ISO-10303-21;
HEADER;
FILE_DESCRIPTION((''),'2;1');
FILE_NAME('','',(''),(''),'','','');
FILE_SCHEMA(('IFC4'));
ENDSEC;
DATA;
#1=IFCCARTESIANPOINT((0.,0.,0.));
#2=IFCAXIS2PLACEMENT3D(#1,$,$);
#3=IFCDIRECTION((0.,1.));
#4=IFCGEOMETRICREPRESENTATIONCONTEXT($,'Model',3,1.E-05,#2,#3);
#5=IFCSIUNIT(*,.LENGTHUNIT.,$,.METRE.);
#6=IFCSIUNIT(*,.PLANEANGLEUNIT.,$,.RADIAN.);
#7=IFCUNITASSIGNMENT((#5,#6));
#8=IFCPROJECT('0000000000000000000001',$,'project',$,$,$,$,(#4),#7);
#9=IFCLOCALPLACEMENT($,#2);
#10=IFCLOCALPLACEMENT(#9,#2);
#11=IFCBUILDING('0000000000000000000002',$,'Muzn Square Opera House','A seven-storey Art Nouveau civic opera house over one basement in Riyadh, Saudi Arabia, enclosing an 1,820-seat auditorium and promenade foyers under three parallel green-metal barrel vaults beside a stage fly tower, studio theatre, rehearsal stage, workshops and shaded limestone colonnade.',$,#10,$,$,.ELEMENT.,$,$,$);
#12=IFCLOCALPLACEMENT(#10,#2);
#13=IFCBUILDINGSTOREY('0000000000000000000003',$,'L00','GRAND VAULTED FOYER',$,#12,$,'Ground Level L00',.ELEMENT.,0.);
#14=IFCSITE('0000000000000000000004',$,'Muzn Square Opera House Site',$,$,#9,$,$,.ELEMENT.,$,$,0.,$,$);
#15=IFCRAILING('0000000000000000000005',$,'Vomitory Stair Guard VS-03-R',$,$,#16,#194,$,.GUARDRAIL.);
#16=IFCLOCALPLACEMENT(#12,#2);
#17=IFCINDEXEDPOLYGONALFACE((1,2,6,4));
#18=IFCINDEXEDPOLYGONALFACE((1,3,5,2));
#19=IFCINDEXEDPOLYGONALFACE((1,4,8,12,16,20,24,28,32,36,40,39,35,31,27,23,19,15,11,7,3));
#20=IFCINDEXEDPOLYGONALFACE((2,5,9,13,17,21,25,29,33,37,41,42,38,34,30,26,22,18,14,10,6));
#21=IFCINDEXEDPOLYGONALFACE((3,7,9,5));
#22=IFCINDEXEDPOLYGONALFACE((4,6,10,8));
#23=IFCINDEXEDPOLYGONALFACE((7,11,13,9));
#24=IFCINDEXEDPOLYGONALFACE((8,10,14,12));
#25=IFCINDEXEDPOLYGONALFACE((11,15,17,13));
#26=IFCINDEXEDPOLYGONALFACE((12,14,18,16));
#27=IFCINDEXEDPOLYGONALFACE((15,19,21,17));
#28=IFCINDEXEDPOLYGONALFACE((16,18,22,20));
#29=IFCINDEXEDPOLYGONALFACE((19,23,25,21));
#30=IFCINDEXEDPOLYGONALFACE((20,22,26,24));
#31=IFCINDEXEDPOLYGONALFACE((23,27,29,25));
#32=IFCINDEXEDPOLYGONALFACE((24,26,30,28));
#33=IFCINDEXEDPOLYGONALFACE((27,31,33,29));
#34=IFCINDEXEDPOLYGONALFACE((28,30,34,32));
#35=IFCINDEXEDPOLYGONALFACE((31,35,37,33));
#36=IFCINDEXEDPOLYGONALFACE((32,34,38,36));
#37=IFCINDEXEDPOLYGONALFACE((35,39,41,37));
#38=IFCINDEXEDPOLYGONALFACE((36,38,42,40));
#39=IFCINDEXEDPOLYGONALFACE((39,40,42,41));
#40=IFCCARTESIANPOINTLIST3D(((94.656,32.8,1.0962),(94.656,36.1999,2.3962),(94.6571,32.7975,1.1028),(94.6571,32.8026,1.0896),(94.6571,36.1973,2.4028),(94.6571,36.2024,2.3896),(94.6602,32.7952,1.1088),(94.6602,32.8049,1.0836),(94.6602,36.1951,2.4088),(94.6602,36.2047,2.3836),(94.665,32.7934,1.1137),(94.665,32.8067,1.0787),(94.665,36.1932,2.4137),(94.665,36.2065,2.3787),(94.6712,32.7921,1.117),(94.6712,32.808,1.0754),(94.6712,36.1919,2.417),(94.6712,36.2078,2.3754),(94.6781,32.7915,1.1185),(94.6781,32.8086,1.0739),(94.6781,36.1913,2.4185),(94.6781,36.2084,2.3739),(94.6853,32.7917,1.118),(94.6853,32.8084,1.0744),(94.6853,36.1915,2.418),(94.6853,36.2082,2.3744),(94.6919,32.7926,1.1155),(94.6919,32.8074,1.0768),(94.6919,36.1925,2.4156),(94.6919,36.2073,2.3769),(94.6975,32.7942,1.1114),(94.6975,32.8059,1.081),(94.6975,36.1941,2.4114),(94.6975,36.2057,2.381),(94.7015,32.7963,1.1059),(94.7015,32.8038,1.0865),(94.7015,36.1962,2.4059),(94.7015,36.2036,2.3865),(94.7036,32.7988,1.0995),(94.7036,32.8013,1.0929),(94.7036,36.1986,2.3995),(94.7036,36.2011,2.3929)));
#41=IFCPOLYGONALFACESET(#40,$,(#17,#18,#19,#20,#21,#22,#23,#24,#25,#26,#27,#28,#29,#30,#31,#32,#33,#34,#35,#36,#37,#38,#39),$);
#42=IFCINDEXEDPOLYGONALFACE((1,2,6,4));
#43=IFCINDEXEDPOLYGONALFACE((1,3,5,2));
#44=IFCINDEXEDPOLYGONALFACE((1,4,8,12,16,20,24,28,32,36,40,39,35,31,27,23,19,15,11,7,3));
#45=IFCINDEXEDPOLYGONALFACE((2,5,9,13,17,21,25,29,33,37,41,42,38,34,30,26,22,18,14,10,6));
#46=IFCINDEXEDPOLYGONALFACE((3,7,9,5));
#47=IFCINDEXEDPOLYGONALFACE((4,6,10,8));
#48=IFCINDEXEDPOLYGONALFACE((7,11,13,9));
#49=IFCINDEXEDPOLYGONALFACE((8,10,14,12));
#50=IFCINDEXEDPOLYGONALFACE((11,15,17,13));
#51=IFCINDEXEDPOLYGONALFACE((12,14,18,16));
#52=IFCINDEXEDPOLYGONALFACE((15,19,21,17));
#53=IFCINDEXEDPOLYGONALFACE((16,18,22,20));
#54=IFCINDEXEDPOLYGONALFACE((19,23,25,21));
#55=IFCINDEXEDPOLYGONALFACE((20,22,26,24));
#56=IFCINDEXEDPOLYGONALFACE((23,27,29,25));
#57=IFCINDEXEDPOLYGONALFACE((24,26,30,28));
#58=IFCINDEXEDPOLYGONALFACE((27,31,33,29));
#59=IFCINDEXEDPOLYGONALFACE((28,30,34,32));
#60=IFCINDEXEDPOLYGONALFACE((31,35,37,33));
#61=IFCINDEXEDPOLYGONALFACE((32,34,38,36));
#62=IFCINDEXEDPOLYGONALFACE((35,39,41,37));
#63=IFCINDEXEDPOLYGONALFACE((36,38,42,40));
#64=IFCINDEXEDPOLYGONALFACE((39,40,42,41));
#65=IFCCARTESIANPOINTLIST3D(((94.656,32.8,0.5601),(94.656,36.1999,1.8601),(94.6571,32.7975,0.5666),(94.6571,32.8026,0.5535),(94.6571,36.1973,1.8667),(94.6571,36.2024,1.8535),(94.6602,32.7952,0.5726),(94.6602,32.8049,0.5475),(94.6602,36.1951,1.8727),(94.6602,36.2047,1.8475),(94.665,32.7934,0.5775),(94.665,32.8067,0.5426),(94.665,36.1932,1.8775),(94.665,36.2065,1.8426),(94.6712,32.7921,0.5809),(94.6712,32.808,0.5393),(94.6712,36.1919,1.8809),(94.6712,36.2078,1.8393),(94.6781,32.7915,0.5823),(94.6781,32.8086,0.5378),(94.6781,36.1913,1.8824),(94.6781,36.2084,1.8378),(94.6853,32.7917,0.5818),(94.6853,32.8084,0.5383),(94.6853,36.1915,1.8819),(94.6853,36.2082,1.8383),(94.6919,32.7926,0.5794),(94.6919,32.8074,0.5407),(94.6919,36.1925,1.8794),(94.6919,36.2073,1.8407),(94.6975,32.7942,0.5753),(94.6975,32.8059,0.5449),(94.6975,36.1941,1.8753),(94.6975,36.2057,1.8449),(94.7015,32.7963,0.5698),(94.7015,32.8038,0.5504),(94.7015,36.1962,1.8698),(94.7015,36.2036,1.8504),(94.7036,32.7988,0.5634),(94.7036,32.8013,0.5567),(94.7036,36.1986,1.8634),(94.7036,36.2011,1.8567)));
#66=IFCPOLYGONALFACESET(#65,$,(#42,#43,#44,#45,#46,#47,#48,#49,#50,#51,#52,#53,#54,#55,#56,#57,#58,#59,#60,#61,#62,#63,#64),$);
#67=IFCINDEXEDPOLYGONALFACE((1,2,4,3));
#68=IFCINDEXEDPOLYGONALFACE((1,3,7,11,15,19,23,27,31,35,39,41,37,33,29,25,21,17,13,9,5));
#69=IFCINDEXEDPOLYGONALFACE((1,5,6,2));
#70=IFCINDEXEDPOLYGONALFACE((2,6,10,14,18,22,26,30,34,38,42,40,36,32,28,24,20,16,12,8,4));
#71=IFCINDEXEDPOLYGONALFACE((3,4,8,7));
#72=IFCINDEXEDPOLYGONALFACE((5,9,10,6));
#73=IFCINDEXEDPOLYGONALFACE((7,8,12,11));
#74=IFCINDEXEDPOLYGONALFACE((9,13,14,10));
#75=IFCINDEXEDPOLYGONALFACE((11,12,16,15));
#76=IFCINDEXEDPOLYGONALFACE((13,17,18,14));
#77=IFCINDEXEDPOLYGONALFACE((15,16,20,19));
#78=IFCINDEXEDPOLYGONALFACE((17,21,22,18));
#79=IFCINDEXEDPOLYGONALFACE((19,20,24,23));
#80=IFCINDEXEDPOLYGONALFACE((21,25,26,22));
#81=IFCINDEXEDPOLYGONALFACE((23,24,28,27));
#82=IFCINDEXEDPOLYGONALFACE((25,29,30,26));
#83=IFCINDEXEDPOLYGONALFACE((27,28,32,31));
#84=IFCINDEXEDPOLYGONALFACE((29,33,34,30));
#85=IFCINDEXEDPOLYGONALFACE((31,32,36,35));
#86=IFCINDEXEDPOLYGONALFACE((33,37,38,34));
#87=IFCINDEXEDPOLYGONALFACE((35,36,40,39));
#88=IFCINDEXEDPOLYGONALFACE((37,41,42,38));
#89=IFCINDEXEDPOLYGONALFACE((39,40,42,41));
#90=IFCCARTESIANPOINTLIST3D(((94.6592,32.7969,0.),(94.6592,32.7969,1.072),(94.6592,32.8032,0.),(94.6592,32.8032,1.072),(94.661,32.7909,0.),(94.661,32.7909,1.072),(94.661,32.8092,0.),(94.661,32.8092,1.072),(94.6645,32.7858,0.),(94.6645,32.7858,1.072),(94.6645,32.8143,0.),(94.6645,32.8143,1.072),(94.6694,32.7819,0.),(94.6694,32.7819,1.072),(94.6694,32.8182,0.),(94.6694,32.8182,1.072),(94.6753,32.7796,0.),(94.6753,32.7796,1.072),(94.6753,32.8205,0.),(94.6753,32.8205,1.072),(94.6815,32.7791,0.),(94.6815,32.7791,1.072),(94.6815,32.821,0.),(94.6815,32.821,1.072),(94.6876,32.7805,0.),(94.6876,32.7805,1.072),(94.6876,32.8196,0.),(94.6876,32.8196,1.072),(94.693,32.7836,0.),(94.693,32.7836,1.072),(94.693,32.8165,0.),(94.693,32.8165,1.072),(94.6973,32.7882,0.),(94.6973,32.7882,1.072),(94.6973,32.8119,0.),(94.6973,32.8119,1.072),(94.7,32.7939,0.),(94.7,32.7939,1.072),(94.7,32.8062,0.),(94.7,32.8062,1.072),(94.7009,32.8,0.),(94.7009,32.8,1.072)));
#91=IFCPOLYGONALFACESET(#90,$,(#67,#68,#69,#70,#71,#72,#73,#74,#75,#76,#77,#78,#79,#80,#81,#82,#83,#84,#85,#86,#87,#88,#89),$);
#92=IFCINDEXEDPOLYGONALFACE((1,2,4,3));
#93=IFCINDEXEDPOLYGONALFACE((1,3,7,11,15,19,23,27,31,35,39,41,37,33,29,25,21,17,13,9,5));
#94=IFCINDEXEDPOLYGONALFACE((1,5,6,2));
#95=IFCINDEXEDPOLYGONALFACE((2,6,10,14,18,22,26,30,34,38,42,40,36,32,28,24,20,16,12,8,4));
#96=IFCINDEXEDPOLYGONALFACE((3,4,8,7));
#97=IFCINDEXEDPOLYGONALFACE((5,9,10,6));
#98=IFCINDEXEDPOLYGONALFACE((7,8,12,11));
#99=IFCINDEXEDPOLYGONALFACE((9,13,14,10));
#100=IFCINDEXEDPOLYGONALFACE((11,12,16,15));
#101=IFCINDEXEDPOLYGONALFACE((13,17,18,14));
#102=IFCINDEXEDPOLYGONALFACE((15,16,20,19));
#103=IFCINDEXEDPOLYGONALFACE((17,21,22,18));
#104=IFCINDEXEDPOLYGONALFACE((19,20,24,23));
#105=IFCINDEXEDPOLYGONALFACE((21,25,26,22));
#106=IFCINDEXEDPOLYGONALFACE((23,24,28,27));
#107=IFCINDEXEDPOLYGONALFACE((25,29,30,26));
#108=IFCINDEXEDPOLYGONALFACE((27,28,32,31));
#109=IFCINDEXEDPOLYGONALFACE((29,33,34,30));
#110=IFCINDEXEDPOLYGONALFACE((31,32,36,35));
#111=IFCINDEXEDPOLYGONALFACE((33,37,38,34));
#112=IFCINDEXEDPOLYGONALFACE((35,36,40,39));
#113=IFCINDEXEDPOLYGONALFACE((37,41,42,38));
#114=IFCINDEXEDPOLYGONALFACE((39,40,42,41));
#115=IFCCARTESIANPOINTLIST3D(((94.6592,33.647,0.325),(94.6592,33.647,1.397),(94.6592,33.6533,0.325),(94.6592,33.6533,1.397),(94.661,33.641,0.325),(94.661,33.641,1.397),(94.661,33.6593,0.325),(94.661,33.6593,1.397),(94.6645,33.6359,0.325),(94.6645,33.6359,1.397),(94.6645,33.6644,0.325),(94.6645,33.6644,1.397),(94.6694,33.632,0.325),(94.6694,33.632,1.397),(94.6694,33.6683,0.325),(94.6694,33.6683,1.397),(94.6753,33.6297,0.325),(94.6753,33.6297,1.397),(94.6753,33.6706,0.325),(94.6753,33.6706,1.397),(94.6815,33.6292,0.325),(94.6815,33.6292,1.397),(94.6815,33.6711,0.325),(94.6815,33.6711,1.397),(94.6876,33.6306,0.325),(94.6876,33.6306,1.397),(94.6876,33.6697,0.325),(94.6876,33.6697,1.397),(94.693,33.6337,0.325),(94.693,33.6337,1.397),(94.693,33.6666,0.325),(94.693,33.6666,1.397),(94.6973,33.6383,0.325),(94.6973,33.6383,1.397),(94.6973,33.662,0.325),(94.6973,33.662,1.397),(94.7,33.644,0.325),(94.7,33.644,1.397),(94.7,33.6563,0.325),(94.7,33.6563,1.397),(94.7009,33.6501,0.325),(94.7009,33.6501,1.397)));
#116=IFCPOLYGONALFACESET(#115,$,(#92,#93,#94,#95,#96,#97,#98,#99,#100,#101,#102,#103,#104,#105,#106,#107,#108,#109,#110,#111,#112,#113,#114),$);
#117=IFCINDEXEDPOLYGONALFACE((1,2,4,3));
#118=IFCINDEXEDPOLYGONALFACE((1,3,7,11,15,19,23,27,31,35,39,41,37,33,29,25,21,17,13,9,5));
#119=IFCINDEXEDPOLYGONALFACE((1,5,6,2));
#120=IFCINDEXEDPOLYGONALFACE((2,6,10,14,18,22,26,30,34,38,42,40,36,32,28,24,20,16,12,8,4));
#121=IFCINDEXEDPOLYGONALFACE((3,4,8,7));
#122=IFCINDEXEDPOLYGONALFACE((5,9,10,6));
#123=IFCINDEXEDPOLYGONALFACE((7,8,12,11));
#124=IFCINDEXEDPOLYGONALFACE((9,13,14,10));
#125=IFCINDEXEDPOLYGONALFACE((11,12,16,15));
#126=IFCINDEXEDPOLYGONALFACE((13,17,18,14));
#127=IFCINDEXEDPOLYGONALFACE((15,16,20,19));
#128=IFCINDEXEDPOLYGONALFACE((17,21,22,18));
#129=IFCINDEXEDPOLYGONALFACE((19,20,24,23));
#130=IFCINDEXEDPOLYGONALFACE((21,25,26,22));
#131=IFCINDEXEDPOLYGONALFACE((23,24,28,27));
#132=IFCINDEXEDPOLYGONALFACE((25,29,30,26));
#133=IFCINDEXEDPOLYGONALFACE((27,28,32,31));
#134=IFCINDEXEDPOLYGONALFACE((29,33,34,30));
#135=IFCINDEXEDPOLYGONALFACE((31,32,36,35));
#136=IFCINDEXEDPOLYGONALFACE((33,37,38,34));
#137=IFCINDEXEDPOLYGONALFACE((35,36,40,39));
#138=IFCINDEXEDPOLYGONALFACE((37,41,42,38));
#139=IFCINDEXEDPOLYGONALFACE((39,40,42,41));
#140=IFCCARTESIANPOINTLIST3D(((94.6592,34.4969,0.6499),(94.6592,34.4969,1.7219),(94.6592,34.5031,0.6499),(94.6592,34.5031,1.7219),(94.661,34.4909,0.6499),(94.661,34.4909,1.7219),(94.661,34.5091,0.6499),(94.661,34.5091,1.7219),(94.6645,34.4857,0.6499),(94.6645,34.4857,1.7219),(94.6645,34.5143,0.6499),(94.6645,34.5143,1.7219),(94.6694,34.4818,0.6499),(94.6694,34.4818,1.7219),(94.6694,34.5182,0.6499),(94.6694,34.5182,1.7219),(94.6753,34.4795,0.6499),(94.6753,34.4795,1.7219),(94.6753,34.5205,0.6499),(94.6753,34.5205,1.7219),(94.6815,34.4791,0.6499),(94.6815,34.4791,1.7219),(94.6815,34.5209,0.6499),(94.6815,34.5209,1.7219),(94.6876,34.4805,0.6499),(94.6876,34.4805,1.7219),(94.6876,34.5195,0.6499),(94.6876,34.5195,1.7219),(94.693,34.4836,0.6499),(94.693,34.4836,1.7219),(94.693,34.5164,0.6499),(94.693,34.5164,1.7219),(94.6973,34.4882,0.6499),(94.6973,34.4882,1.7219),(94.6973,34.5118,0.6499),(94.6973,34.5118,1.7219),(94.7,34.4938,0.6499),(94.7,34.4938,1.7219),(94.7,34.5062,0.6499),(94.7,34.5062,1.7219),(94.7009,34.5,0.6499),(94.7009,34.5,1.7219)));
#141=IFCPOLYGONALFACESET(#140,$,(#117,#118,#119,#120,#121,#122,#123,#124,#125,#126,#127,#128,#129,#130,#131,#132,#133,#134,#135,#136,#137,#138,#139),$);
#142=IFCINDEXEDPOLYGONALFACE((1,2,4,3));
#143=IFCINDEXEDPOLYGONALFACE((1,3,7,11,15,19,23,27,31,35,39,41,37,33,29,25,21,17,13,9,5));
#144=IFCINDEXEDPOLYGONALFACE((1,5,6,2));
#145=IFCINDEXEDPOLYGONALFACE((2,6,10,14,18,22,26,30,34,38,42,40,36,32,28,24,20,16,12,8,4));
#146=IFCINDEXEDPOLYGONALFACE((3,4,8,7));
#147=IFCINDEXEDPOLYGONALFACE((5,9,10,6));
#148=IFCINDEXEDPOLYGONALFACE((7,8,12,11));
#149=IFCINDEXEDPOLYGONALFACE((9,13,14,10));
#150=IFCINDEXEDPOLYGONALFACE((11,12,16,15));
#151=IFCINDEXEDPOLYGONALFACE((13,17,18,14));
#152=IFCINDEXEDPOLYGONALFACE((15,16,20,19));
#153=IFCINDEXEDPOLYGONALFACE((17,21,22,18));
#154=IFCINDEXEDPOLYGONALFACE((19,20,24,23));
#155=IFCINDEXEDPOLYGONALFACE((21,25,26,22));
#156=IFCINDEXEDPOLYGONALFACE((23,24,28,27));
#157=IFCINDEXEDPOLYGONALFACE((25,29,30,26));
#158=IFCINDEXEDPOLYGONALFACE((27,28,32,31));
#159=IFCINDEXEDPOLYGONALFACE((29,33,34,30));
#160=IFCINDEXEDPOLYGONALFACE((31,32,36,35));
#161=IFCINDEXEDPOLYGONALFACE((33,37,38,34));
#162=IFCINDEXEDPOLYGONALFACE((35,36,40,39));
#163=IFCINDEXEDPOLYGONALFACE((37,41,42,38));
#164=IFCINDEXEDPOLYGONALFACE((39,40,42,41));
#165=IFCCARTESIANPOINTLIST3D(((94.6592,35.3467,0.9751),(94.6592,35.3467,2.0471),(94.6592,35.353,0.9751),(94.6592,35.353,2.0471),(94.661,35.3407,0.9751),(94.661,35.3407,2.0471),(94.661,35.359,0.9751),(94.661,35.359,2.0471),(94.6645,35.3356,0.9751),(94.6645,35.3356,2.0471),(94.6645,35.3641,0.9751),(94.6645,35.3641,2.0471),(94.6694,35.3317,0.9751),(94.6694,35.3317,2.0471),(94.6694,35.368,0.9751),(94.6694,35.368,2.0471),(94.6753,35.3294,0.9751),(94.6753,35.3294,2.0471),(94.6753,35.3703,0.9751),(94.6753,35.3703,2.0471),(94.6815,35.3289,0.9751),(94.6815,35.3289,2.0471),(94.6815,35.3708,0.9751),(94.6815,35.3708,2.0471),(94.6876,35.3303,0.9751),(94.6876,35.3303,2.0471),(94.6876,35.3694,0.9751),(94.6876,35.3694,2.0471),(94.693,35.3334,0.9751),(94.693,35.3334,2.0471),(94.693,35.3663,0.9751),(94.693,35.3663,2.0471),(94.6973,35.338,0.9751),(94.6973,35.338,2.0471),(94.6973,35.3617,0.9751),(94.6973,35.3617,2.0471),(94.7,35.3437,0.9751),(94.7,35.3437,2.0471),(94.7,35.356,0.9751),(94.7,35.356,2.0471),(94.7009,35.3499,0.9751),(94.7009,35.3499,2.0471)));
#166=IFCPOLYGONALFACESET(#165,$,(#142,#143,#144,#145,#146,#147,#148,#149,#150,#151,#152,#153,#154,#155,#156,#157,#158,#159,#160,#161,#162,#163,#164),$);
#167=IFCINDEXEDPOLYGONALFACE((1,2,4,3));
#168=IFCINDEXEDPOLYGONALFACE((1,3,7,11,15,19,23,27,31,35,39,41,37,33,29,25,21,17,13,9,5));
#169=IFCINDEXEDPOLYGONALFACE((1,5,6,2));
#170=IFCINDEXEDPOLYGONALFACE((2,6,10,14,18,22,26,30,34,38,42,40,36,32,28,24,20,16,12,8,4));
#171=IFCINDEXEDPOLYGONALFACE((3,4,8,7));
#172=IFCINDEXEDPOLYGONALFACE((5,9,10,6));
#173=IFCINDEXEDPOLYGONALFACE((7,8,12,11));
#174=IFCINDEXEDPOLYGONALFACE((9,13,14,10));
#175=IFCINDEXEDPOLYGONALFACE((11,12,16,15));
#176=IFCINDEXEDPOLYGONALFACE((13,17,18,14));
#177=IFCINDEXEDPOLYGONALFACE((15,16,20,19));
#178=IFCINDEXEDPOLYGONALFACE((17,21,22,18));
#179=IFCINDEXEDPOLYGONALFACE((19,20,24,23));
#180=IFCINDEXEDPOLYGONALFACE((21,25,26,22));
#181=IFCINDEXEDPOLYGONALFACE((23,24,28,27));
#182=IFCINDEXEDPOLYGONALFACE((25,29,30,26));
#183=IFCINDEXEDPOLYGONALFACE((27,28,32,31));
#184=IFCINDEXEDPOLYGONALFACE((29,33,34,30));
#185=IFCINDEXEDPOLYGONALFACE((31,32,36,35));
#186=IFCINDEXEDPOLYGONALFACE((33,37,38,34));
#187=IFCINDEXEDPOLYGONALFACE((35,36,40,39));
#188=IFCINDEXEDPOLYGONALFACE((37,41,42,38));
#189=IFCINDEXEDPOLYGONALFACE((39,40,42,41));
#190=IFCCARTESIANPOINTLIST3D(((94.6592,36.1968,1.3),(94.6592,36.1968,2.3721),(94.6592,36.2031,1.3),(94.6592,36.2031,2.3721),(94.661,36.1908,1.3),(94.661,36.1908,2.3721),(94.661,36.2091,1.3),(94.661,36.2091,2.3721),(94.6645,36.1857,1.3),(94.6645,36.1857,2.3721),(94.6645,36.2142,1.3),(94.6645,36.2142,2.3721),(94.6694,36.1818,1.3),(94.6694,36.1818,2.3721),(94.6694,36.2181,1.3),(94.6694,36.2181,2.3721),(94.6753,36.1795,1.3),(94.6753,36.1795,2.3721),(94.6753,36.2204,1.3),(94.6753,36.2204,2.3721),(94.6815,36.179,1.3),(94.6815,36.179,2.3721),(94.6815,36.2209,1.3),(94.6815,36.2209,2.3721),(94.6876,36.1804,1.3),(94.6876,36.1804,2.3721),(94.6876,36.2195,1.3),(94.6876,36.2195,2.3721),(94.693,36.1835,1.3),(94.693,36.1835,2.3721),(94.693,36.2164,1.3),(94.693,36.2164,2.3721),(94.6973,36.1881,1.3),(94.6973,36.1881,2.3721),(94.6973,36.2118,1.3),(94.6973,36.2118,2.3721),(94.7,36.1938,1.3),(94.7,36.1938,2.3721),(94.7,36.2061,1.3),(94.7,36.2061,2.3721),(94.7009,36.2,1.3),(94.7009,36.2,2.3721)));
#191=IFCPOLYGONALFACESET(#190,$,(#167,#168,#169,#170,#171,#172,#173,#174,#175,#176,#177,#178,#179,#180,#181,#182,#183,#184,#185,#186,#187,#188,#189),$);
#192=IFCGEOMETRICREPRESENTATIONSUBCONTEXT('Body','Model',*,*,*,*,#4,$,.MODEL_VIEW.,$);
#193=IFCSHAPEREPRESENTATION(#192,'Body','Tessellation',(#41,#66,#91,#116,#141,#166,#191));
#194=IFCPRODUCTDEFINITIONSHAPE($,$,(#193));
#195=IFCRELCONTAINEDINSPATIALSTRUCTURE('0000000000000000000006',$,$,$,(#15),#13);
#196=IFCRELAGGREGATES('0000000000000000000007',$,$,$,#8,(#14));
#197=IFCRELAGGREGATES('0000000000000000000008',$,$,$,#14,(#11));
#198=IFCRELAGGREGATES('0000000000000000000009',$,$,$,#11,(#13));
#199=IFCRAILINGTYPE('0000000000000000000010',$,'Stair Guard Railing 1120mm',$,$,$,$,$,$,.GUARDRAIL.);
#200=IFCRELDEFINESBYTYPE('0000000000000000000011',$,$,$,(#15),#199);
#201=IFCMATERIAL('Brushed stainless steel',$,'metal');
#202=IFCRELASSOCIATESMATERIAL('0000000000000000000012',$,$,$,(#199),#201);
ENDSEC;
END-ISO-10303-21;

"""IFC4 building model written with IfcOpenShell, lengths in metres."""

from ifc_helpers import new_model, si_unit, direction, frame, origin, origin_2d, place, context, subcontext, project, spatial, circle, extrude, material, type_object, element, save


model = new_model("IFC4")

# Units and contexts
model_context = context("Model", 3, precision=1e-05, world=origin(), true_north=direction((0.0, 1.0)))
body_context = subcontext(model_context, "Body", "Model", "MODEL_VIEW")
ifc_project = project(units=[si_unit("LENGTHUNIT", "METRE"), si_unit("PLANEANGLEUNIT", "RADIAN")], contexts=[model_context])

# Site, building, storey
site_placement = place(None, origin())
site = spatial("IfcSite", under=ifc_project, at=site_placement, Name="Muzn Square Opera House Site", CompositionType="ELEMENT", RefElevation=0.0)
building_placement = place(site_placement, origin())
building = spatial("IfcBuilding", under=site, at=building_placement, Name="Muzn Square Opera House", Description="A seven-storey Art Nouveau civic opera house over one basement in Riyadh, Saudi Arabia, enclosing an 1,820-seat auditorium and promenade foyers under three parallel green-metal barrel vaults beside a stage fly tower, studio theatre, rehearsal stage, workshops and shaded limestone colonnade.", CompositionType="ELEMENT")
storey_placement = place(building_placement, origin())
storey = spatial("IfcBuildingStorey", under=building, at=storey_placement, Name="L00", Description="GRAND VAULTED FOYER", LongName="Ground Level L00", CompositionType="ELEMENT", Elevation=0.0)

# Railing
ifc_material_1 = material(Name="Brushed stainless steel", Category="metal")
railing_type_1 = type_object("IfcRailingType", Name="Stair Guard Railing 1120mm", PredefinedType="GUARDRAIL", material=ifc_material_1)
for number, where, name in (
    (1, (94.6799, 32.8, 0.0), "Vomitory Stair Guard VS-03-R"),
):
    element("IfcRailing", number, at=place(storey_placement, frame(where)), inside=storey, type_object=railing_type_1, Name=name, PredefinedType="GUARDRAIL", context=body_context, shape_type="SweptSolid", body=[
        extrude(circle(Radius=0.0239, at=origin_2d()), frame((0.0, 0.0, 1.0962), z_axis=(0.0, 0.934044, 0.357158), x_axis=(-1.0, 0.0, 0.0)), (0.0, 0.0, 1.0), 3.6399),
        extrude(circle(Radius=0.0239, at=origin_2d()), frame((0.0, 0.0, 0.5601), z_axis=(0.0, 0.934044, 0.357158), x_axis=(-1.0, 0.0, 0.0)), (0.0, 0.0, 1.0), 3.6399),
        extrude(circle(Radius=0.021, at=origin_2d()), origin(), (0.0, 0.0, 1.0), 1.072),
        extrude(circle(Radius=0.021, at=origin_2d()), frame((0.0, 0.8501, 0.325)), (0.0, 0.0, 1.0), 1.072),
        extrude(circle(Radius=0.021, at=origin_2d()), frame((0.0, 1.7, 0.6499)), (0.0, 0.0, 1.0), 1.072),
        extrude(circle(Radius=0.021, at=origin_2d()), frame((0.0, 2.5498, 0.9751)), (0.0, 0.0, 1.0), 1.072),
        extrude(circle(Radius=0.021, at=origin_2d()), frame((0.0, 3.3999, 1.3)), (0.0, 0.0, 1.0), 1.072),
    ])

save(model, "model.ifc")
